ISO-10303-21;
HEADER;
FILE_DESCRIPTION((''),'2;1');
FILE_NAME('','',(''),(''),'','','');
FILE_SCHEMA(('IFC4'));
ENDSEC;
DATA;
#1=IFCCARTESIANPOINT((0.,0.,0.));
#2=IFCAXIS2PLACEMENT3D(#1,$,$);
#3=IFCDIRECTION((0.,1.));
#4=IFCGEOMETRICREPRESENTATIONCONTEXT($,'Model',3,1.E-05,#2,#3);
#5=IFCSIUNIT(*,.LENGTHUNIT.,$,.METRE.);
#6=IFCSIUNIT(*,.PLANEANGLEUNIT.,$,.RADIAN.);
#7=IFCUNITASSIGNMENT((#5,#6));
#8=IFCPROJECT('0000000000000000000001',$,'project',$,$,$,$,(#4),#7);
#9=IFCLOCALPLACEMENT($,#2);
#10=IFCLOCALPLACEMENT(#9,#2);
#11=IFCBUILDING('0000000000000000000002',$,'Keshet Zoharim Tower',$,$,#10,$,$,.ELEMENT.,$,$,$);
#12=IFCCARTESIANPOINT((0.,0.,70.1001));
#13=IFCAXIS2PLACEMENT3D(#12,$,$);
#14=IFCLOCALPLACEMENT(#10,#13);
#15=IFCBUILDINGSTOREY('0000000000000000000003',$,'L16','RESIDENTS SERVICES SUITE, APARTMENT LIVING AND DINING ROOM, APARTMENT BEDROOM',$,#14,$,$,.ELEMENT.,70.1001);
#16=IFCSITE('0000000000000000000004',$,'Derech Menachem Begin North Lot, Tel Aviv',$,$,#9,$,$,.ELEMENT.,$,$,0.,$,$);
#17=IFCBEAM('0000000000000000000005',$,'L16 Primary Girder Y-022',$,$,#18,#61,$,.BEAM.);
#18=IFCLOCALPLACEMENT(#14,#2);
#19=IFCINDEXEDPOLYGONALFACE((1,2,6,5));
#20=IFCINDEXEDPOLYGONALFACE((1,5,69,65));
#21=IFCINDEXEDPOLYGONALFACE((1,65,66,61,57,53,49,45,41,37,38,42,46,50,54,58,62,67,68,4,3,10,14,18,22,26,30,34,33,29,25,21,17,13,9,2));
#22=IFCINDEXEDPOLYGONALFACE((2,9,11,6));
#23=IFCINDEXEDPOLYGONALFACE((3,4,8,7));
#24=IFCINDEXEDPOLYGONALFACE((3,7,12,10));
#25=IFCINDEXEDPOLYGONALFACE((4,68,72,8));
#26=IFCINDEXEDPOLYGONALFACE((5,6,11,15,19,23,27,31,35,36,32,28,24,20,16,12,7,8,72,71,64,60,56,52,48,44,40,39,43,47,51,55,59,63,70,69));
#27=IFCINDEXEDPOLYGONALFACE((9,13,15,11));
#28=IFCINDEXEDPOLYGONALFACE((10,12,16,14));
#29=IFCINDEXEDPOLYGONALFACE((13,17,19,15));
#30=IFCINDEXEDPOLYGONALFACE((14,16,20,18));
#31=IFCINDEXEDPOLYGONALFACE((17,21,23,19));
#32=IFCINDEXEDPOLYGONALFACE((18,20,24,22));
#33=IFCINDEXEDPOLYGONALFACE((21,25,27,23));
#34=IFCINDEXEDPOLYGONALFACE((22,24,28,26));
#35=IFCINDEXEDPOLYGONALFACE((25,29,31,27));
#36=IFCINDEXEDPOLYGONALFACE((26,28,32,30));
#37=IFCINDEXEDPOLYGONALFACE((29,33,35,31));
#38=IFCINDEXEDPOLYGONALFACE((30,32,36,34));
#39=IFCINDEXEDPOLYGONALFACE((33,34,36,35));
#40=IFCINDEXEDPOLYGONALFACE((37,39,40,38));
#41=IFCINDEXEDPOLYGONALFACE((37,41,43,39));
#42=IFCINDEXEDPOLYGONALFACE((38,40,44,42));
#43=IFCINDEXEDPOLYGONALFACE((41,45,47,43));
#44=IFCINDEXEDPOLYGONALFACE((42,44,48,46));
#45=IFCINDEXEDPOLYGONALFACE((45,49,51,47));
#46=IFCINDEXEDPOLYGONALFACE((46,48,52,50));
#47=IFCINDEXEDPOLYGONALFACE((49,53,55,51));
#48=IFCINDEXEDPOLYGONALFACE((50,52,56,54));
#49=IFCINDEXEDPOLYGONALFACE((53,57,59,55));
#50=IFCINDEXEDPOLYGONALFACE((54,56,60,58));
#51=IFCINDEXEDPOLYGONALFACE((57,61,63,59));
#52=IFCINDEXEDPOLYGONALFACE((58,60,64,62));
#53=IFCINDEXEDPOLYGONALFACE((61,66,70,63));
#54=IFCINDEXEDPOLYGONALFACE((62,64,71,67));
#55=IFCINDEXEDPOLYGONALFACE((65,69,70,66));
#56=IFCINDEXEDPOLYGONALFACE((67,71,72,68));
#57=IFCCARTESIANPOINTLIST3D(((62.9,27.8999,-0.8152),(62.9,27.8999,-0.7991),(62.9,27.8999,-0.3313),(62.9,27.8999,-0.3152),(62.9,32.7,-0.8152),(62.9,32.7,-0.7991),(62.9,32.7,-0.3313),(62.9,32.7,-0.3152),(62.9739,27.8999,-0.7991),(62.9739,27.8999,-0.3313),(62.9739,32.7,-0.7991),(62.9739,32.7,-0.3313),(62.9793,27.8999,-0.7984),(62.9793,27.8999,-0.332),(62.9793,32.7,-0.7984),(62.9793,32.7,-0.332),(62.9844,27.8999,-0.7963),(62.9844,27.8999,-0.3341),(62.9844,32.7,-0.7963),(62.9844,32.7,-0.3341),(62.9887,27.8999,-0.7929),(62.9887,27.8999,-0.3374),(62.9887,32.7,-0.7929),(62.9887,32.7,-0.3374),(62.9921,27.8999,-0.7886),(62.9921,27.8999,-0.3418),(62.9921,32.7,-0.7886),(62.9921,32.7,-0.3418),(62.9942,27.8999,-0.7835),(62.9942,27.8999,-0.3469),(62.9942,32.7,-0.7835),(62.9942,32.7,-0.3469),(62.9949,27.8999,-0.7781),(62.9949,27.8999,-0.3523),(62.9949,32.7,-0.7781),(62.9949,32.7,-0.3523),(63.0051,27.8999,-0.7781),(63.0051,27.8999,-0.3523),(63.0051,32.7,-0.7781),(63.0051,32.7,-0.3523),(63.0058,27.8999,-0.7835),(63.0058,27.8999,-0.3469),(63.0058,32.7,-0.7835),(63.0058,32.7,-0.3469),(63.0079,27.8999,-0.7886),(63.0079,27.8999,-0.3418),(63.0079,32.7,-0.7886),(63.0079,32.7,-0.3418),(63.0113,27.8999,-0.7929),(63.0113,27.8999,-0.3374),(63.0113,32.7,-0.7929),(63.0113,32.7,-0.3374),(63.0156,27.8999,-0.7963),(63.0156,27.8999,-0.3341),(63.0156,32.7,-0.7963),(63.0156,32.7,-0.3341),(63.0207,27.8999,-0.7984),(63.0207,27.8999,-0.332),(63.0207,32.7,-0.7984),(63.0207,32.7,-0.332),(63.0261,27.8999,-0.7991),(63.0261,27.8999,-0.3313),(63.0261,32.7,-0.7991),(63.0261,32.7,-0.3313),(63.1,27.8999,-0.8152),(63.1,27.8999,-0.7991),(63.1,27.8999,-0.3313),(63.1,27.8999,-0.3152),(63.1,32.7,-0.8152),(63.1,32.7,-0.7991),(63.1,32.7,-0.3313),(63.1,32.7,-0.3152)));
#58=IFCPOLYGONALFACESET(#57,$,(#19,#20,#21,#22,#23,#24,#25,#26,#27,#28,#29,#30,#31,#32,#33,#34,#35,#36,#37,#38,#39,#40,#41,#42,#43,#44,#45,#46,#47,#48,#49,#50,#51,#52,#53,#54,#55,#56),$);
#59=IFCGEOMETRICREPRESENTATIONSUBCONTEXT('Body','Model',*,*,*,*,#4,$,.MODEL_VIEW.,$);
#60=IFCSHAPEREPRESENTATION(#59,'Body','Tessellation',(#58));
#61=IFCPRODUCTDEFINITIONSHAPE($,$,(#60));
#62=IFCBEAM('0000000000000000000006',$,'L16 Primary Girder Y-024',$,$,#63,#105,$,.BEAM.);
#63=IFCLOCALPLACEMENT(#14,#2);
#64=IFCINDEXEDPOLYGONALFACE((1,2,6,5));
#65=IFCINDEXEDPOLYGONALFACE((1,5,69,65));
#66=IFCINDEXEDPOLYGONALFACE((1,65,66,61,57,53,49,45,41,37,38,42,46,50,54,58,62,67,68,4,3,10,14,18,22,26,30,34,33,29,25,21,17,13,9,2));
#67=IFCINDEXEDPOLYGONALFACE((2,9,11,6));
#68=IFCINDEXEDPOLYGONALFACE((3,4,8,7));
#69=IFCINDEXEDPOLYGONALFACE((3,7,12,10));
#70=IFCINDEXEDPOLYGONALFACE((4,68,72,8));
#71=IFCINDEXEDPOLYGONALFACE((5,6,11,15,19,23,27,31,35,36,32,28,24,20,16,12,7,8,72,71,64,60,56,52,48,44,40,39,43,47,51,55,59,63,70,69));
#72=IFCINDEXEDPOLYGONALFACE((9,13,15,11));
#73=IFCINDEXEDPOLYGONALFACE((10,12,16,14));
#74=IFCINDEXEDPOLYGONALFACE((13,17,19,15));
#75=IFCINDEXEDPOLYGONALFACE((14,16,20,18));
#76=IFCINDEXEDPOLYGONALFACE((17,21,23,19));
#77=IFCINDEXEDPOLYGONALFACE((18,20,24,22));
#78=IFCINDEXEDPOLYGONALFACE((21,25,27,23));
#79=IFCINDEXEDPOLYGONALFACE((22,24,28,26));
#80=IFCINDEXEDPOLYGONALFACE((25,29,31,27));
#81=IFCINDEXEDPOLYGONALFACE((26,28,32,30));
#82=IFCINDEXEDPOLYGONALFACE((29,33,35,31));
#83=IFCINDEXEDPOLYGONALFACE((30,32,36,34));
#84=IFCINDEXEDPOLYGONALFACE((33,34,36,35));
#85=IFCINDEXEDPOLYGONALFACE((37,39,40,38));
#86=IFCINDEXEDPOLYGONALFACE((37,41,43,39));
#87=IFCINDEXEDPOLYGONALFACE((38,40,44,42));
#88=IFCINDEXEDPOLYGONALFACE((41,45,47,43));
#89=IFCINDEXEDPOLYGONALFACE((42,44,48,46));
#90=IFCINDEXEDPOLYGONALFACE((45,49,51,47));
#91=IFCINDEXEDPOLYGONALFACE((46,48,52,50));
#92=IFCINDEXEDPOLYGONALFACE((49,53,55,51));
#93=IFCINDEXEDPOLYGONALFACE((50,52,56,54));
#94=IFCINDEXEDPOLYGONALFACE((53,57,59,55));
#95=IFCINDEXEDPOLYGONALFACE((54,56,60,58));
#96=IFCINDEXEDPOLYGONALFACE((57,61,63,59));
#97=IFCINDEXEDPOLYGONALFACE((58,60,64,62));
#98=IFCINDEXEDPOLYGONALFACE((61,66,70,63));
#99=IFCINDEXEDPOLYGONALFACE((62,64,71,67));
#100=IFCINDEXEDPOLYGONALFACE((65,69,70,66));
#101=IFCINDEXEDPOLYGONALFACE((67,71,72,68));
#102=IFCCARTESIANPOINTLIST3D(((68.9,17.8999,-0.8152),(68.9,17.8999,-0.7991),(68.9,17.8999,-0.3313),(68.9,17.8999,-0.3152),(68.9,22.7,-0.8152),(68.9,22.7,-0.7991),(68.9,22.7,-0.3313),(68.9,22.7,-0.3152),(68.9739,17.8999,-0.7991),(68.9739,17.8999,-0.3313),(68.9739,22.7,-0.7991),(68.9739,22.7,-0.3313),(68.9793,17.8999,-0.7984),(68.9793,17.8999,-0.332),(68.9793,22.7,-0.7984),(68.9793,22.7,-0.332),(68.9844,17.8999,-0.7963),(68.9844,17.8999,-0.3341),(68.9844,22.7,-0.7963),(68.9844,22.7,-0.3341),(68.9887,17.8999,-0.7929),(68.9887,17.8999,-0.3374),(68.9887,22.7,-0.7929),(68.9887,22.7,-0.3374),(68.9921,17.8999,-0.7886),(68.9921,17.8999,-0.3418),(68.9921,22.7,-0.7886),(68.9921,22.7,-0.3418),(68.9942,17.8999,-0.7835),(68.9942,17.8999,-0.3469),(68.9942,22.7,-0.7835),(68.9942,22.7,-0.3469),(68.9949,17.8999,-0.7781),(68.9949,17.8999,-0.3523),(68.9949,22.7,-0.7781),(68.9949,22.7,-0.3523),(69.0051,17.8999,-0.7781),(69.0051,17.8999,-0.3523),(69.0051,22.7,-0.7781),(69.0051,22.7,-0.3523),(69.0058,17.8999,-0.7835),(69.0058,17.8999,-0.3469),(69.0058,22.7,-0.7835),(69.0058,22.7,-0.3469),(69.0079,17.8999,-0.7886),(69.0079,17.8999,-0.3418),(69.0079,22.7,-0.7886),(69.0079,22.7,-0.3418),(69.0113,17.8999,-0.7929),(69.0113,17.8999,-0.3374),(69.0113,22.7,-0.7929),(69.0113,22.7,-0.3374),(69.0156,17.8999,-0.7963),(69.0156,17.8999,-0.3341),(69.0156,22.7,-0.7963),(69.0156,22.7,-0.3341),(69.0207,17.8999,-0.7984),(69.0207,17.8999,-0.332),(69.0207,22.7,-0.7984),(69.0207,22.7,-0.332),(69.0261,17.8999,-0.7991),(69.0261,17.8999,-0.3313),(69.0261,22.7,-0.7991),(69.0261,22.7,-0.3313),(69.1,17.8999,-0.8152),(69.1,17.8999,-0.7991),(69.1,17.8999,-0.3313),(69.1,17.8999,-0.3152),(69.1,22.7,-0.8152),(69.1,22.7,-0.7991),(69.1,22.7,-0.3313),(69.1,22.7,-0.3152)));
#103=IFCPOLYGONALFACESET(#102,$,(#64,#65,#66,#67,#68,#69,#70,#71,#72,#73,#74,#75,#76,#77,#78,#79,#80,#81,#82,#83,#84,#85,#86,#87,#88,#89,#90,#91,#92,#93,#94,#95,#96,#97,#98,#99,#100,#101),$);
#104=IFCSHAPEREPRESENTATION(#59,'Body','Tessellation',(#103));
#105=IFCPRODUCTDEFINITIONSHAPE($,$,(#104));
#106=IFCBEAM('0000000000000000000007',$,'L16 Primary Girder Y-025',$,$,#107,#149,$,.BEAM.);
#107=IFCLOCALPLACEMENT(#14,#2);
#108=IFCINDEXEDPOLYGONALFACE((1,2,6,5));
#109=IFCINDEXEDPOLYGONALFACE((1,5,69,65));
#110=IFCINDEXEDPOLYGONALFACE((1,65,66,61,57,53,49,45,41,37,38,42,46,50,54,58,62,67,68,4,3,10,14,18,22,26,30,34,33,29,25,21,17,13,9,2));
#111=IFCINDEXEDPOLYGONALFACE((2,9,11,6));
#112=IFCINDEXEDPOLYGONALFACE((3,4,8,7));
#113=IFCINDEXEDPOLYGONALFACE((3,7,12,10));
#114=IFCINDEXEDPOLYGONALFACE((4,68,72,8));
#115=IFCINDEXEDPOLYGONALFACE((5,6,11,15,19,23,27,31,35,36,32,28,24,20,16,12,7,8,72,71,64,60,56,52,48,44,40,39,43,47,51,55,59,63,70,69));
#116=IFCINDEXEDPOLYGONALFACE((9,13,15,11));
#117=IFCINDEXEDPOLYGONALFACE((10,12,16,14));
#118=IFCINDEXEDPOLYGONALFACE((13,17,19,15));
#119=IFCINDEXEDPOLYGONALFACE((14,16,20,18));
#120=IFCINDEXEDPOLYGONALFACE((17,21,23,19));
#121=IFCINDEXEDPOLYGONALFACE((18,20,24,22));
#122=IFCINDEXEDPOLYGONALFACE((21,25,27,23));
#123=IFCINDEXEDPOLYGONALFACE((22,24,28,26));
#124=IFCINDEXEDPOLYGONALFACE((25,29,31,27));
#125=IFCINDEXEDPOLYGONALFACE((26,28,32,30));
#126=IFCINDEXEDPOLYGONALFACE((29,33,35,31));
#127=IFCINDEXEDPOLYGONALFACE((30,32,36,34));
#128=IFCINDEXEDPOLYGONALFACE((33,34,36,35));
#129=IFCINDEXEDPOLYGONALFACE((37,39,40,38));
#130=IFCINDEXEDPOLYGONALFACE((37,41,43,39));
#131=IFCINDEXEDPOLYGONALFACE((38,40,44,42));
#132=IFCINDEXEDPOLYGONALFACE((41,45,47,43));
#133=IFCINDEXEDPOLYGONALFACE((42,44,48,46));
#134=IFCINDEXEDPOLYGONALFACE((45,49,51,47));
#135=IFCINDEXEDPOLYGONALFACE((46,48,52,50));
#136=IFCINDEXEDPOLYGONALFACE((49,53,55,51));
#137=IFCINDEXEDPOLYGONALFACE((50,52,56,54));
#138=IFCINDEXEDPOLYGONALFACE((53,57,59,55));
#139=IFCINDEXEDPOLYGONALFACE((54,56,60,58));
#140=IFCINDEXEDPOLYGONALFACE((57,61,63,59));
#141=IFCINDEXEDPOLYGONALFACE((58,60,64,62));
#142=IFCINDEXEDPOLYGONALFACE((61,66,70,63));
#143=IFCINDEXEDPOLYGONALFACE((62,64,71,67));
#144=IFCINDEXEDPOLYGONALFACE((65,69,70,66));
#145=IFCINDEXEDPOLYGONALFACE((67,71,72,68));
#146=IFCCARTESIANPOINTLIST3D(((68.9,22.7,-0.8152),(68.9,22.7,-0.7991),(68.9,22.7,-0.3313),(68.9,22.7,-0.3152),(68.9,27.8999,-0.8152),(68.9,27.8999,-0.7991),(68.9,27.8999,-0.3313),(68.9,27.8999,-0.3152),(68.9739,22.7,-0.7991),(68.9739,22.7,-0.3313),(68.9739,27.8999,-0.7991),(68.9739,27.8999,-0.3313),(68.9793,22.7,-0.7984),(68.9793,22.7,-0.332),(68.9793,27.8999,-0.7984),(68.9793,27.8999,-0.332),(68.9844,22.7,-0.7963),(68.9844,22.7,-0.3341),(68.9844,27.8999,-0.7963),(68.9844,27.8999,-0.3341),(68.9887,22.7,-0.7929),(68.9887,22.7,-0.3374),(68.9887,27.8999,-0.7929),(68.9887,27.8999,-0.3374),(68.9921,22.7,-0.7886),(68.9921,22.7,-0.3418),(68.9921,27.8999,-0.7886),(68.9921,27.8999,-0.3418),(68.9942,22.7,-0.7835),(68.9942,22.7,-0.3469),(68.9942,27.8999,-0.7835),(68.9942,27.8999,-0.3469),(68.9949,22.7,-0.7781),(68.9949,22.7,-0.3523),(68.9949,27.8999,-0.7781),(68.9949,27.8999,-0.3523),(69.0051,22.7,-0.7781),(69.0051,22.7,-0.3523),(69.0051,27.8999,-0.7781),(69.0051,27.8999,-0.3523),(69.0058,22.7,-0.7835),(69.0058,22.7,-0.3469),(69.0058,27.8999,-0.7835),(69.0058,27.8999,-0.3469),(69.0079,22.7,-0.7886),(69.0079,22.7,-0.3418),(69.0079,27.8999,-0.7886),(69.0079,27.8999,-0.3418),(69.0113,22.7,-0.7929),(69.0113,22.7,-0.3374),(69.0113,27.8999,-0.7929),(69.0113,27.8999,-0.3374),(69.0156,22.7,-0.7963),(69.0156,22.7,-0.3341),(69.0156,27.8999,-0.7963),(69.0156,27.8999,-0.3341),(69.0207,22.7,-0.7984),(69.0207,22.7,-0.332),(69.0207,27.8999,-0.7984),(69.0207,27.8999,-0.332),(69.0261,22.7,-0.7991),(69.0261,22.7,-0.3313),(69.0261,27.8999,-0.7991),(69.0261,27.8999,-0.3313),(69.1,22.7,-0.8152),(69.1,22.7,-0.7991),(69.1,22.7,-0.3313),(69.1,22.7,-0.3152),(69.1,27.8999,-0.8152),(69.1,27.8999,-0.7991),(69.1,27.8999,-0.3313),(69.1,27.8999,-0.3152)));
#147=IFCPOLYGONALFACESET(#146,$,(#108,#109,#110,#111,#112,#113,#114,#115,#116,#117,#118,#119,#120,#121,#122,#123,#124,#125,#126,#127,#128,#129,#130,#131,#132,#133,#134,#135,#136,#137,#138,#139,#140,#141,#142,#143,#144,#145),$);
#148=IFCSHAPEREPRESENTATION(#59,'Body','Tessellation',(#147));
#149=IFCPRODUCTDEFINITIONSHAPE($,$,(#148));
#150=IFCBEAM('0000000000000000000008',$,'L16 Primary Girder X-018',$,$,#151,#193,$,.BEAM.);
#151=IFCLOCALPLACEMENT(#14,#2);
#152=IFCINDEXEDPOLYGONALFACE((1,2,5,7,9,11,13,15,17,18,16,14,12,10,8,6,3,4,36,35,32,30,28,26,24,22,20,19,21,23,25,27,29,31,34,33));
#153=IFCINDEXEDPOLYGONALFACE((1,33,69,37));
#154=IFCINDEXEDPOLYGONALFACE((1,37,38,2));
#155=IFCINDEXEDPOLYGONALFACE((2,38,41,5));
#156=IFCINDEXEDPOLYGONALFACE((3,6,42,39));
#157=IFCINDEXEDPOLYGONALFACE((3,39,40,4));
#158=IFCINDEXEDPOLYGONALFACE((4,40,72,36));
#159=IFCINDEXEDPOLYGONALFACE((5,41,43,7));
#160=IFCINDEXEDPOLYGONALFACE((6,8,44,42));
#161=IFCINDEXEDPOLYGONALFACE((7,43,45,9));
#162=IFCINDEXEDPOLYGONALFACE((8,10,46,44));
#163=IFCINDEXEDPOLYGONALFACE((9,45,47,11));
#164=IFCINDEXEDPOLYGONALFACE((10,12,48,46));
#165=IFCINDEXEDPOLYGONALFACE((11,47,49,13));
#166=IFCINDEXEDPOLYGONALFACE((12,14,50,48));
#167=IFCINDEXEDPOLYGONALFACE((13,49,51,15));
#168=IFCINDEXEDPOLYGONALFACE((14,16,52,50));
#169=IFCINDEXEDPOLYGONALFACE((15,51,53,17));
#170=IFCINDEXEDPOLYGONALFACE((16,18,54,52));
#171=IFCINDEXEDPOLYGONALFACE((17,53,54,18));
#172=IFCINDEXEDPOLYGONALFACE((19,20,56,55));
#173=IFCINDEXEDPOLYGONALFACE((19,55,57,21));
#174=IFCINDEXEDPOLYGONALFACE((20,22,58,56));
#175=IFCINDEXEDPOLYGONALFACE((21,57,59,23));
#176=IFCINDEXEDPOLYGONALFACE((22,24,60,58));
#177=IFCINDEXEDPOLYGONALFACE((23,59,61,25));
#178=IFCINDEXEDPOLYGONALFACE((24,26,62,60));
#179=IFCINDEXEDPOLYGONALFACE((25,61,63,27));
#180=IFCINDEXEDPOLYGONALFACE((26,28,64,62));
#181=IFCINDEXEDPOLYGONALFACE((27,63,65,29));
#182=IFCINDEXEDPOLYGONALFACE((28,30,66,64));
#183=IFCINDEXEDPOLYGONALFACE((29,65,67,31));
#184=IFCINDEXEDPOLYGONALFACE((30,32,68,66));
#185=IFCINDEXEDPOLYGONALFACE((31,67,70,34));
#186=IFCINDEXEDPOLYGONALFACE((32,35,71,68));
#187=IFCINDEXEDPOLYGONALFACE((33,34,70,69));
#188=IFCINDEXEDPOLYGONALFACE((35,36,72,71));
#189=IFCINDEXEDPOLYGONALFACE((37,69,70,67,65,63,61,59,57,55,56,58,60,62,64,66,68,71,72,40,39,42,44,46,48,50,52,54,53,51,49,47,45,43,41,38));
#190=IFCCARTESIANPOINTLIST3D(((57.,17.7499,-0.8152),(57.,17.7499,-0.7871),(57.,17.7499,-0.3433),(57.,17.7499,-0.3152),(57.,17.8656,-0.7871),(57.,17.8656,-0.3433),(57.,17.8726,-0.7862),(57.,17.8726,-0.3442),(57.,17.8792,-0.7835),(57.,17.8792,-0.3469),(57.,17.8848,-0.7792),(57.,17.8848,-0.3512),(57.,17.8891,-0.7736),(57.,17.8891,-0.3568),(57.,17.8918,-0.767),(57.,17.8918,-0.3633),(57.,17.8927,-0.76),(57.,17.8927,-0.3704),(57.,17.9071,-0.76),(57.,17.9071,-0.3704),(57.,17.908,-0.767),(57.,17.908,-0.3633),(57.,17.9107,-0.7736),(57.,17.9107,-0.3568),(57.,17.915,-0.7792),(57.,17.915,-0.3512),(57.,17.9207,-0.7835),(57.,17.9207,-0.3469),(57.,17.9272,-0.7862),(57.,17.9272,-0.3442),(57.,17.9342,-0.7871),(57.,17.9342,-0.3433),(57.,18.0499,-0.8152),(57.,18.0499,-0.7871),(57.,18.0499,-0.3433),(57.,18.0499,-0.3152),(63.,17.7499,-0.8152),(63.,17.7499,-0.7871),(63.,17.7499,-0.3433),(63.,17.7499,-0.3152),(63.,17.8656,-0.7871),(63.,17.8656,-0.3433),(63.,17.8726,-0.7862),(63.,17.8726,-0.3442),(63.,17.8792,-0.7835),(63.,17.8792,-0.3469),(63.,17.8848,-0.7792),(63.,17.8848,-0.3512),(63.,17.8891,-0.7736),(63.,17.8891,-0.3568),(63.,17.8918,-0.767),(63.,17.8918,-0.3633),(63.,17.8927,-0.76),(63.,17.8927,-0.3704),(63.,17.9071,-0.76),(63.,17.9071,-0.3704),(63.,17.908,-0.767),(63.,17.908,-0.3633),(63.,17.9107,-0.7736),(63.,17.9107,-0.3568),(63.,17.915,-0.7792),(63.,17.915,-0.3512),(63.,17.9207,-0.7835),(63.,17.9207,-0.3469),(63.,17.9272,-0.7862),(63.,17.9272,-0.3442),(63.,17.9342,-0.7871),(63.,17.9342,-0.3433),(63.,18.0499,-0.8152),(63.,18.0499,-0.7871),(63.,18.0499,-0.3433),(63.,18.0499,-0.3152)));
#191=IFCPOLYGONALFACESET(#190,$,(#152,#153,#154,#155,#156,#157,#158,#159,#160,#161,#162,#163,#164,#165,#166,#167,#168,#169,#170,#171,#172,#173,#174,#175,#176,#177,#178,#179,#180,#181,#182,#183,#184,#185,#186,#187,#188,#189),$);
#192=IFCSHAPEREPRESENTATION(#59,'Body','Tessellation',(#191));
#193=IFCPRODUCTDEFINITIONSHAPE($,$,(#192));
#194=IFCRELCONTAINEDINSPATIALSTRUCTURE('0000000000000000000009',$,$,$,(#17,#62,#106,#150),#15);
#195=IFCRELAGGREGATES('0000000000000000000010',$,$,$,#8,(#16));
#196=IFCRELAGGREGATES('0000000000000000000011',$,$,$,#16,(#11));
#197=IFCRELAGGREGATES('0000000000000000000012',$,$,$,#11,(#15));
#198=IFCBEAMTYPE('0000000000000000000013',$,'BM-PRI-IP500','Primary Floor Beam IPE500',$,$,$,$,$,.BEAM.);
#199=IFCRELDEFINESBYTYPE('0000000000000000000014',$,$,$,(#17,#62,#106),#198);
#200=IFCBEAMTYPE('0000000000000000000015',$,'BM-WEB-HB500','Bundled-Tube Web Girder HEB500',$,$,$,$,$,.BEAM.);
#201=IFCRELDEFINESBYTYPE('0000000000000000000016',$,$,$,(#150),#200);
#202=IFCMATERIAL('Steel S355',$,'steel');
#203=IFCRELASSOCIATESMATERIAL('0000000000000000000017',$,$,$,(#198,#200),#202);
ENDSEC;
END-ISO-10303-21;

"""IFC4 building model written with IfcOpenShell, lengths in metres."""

from ifc_helpers import new_model, si_unit, direction, frame, origin, origin_2d, place, context, subcontext, project, spatial, i_section, extrude, material, material_profile, profile_set, type_object, element, save


model = new_model("IFC4")

# Units and contexts
model_context = context("Model", 3, precision=1e-05, world=origin(), true_north=direction((0.0, 1.0)))
body_context = subcontext(model_context, "Body", "Model", "MODEL_VIEW")
ifc_project = project(units=[si_unit("LENGTHUNIT", "METRE"), si_unit("PLANEANGLEUNIT", "RADIAN")], contexts=[model_context])

# Site, building, storey
site_placement = place(None, origin())
site = spatial("IfcSite", under=ifc_project, at=site_placement, Name="Derech Menachem Begin North Lot, Tel Aviv", CompositionType="ELEMENT", RefElevation=0.0)
building_placement = place(site_placement, origin())
building = spatial("IfcBuilding", under=site, at=building_placement, Name="Keshet Zoharim Tower", CompositionType="ELEMENT")
storey_placement = place(building_placement, frame((0.0, 0.0, 70.1001)))
storey = spatial("IfcBuildingStorey", under=building, at=storey_placement, Name="L16", Description="RESIDENTS SERVICES SUITE, APARTMENT LIVING AND DINING ROOM, APARTMENT BEDROOM", CompositionType="ELEMENT", Elevation=70.1001)

# Shared definitions
ifc_material_1 = material(Name="Steel S355", Category="steel")

# Beams
ifc_material_profile_1 = material_profile(ifc_material_1, i_section(OverallWidth=0.2, OverallDepth=0.5, WebThickness=0.0103, FlangeThickness=0.0161, FilletRadius=0.021, at=origin_2d()), Name="IPE500")
ifc_profile_set_1 = profile_set([ifc_material_profile_1], Name="Steel S355")
beam_type_1 = type_object("IfcBeamType", Name="BM-PRI-IP500", Description="Primary Floor Beam IPE500", PredefinedType="BEAM", material=ifc_profile_set_1)
for number, where, z_axis, x_axis, name in (
    (1, (63.0, 27.8999, -0.5652), (0.0, 1.0, 0.0), (-1.0, 0.0, 0.0), "L16 Primary Girder Y-022"),
    (2, (69.0, 17.8999, -0.5652), (0.0, 1.0, 0.0), (-1.0, 0.0, 0.0), "L16 Primary Girder Y-024"),
):
    element("IfcBeam", number, at=place(storey_placement, frame(where, z_axis=z_axis, x_axis=x_axis)), inside=storey, type_object=beam_type_1, Name=name, PredefinedType="BEAM", context=body_context, shape_type="SweptSolid", body=[
        extrude(i_section(OverallWidth=0.2, OverallDepth=0.5, WebThickness=0.0103, FlangeThickness=0.0161, FilletRadius=0.021, at=origin_2d()), origin(), (0.0, 0.0, 1.0), 4.8),
    ])
beam_1_placement = place(storey_placement, frame((69.0, 22.7, -0.5652), z_axis=(0.0, 1.0, 0.0), x_axis=(-1.0, 0.0, 0.0)))
element("IfcBeam", 3, at=beam_1_placement, inside=storey, type_object=beam_type_1, Name="L16 Primary Girder Y-025", PredefinedType="BEAM", context=body_context, shape_type="SweptSolid", body=[
    extrude(i_section(OverallWidth=0.2, OverallDepth=0.5, WebThickness=0.0103, FlangeThickness=0.0161, FilletRadius=0.021, at=origin_2d()), origin(), (0.0, 0.0, 1.0), 5.2),
])
ifc_material_profile_2 = material_profile(ifc_material_1, i_section(OverallWidth=0.3, OverallDepth=0.5, WebThickness=0.0144, FlangeThickness=0.0281, FilletRadius=0.0271, at=origin_2d()), Name="HEB500")
ifc_profile_set_2 = profile_set([ifc_material_profile_2], Name="Steel S355")
beam_type_2 = type_object("IfcBeamType", Name="BM-WEB-HB500", Description="Bundled-Tube Web Girder HEB500", PredefinedType="BEAM", material=ifc_profile_set_2)
for number, where, z_axis, x_axis, name in (
    (4, (57.0, 17.8999, -0.5652), (1.0, 0.0, 0.0), (0.0, 1.0, 0.0), "L16 Primary Girder X-018"),
):
    element("IfcBeam", number, at=place(storey_placement, frame(where, z_axis=z_axis, x_axis=x_axis)), inside=storey, type_object=beam_type_2, Name=name, PredefinedType="BEAM", context=body_context, shape_type="SweptSolid", body=[
        extrude(i_section(OverallWidth=0.3, OverallDepth=0.5, WebThickness=0.0144, FlangeThickness=0.0281, FilletRadius=0.0271, at=origin_2d()), origin(), (0.0, 0.0, 1.0), 6.0),
    ])

save(model, "model.ifc")
